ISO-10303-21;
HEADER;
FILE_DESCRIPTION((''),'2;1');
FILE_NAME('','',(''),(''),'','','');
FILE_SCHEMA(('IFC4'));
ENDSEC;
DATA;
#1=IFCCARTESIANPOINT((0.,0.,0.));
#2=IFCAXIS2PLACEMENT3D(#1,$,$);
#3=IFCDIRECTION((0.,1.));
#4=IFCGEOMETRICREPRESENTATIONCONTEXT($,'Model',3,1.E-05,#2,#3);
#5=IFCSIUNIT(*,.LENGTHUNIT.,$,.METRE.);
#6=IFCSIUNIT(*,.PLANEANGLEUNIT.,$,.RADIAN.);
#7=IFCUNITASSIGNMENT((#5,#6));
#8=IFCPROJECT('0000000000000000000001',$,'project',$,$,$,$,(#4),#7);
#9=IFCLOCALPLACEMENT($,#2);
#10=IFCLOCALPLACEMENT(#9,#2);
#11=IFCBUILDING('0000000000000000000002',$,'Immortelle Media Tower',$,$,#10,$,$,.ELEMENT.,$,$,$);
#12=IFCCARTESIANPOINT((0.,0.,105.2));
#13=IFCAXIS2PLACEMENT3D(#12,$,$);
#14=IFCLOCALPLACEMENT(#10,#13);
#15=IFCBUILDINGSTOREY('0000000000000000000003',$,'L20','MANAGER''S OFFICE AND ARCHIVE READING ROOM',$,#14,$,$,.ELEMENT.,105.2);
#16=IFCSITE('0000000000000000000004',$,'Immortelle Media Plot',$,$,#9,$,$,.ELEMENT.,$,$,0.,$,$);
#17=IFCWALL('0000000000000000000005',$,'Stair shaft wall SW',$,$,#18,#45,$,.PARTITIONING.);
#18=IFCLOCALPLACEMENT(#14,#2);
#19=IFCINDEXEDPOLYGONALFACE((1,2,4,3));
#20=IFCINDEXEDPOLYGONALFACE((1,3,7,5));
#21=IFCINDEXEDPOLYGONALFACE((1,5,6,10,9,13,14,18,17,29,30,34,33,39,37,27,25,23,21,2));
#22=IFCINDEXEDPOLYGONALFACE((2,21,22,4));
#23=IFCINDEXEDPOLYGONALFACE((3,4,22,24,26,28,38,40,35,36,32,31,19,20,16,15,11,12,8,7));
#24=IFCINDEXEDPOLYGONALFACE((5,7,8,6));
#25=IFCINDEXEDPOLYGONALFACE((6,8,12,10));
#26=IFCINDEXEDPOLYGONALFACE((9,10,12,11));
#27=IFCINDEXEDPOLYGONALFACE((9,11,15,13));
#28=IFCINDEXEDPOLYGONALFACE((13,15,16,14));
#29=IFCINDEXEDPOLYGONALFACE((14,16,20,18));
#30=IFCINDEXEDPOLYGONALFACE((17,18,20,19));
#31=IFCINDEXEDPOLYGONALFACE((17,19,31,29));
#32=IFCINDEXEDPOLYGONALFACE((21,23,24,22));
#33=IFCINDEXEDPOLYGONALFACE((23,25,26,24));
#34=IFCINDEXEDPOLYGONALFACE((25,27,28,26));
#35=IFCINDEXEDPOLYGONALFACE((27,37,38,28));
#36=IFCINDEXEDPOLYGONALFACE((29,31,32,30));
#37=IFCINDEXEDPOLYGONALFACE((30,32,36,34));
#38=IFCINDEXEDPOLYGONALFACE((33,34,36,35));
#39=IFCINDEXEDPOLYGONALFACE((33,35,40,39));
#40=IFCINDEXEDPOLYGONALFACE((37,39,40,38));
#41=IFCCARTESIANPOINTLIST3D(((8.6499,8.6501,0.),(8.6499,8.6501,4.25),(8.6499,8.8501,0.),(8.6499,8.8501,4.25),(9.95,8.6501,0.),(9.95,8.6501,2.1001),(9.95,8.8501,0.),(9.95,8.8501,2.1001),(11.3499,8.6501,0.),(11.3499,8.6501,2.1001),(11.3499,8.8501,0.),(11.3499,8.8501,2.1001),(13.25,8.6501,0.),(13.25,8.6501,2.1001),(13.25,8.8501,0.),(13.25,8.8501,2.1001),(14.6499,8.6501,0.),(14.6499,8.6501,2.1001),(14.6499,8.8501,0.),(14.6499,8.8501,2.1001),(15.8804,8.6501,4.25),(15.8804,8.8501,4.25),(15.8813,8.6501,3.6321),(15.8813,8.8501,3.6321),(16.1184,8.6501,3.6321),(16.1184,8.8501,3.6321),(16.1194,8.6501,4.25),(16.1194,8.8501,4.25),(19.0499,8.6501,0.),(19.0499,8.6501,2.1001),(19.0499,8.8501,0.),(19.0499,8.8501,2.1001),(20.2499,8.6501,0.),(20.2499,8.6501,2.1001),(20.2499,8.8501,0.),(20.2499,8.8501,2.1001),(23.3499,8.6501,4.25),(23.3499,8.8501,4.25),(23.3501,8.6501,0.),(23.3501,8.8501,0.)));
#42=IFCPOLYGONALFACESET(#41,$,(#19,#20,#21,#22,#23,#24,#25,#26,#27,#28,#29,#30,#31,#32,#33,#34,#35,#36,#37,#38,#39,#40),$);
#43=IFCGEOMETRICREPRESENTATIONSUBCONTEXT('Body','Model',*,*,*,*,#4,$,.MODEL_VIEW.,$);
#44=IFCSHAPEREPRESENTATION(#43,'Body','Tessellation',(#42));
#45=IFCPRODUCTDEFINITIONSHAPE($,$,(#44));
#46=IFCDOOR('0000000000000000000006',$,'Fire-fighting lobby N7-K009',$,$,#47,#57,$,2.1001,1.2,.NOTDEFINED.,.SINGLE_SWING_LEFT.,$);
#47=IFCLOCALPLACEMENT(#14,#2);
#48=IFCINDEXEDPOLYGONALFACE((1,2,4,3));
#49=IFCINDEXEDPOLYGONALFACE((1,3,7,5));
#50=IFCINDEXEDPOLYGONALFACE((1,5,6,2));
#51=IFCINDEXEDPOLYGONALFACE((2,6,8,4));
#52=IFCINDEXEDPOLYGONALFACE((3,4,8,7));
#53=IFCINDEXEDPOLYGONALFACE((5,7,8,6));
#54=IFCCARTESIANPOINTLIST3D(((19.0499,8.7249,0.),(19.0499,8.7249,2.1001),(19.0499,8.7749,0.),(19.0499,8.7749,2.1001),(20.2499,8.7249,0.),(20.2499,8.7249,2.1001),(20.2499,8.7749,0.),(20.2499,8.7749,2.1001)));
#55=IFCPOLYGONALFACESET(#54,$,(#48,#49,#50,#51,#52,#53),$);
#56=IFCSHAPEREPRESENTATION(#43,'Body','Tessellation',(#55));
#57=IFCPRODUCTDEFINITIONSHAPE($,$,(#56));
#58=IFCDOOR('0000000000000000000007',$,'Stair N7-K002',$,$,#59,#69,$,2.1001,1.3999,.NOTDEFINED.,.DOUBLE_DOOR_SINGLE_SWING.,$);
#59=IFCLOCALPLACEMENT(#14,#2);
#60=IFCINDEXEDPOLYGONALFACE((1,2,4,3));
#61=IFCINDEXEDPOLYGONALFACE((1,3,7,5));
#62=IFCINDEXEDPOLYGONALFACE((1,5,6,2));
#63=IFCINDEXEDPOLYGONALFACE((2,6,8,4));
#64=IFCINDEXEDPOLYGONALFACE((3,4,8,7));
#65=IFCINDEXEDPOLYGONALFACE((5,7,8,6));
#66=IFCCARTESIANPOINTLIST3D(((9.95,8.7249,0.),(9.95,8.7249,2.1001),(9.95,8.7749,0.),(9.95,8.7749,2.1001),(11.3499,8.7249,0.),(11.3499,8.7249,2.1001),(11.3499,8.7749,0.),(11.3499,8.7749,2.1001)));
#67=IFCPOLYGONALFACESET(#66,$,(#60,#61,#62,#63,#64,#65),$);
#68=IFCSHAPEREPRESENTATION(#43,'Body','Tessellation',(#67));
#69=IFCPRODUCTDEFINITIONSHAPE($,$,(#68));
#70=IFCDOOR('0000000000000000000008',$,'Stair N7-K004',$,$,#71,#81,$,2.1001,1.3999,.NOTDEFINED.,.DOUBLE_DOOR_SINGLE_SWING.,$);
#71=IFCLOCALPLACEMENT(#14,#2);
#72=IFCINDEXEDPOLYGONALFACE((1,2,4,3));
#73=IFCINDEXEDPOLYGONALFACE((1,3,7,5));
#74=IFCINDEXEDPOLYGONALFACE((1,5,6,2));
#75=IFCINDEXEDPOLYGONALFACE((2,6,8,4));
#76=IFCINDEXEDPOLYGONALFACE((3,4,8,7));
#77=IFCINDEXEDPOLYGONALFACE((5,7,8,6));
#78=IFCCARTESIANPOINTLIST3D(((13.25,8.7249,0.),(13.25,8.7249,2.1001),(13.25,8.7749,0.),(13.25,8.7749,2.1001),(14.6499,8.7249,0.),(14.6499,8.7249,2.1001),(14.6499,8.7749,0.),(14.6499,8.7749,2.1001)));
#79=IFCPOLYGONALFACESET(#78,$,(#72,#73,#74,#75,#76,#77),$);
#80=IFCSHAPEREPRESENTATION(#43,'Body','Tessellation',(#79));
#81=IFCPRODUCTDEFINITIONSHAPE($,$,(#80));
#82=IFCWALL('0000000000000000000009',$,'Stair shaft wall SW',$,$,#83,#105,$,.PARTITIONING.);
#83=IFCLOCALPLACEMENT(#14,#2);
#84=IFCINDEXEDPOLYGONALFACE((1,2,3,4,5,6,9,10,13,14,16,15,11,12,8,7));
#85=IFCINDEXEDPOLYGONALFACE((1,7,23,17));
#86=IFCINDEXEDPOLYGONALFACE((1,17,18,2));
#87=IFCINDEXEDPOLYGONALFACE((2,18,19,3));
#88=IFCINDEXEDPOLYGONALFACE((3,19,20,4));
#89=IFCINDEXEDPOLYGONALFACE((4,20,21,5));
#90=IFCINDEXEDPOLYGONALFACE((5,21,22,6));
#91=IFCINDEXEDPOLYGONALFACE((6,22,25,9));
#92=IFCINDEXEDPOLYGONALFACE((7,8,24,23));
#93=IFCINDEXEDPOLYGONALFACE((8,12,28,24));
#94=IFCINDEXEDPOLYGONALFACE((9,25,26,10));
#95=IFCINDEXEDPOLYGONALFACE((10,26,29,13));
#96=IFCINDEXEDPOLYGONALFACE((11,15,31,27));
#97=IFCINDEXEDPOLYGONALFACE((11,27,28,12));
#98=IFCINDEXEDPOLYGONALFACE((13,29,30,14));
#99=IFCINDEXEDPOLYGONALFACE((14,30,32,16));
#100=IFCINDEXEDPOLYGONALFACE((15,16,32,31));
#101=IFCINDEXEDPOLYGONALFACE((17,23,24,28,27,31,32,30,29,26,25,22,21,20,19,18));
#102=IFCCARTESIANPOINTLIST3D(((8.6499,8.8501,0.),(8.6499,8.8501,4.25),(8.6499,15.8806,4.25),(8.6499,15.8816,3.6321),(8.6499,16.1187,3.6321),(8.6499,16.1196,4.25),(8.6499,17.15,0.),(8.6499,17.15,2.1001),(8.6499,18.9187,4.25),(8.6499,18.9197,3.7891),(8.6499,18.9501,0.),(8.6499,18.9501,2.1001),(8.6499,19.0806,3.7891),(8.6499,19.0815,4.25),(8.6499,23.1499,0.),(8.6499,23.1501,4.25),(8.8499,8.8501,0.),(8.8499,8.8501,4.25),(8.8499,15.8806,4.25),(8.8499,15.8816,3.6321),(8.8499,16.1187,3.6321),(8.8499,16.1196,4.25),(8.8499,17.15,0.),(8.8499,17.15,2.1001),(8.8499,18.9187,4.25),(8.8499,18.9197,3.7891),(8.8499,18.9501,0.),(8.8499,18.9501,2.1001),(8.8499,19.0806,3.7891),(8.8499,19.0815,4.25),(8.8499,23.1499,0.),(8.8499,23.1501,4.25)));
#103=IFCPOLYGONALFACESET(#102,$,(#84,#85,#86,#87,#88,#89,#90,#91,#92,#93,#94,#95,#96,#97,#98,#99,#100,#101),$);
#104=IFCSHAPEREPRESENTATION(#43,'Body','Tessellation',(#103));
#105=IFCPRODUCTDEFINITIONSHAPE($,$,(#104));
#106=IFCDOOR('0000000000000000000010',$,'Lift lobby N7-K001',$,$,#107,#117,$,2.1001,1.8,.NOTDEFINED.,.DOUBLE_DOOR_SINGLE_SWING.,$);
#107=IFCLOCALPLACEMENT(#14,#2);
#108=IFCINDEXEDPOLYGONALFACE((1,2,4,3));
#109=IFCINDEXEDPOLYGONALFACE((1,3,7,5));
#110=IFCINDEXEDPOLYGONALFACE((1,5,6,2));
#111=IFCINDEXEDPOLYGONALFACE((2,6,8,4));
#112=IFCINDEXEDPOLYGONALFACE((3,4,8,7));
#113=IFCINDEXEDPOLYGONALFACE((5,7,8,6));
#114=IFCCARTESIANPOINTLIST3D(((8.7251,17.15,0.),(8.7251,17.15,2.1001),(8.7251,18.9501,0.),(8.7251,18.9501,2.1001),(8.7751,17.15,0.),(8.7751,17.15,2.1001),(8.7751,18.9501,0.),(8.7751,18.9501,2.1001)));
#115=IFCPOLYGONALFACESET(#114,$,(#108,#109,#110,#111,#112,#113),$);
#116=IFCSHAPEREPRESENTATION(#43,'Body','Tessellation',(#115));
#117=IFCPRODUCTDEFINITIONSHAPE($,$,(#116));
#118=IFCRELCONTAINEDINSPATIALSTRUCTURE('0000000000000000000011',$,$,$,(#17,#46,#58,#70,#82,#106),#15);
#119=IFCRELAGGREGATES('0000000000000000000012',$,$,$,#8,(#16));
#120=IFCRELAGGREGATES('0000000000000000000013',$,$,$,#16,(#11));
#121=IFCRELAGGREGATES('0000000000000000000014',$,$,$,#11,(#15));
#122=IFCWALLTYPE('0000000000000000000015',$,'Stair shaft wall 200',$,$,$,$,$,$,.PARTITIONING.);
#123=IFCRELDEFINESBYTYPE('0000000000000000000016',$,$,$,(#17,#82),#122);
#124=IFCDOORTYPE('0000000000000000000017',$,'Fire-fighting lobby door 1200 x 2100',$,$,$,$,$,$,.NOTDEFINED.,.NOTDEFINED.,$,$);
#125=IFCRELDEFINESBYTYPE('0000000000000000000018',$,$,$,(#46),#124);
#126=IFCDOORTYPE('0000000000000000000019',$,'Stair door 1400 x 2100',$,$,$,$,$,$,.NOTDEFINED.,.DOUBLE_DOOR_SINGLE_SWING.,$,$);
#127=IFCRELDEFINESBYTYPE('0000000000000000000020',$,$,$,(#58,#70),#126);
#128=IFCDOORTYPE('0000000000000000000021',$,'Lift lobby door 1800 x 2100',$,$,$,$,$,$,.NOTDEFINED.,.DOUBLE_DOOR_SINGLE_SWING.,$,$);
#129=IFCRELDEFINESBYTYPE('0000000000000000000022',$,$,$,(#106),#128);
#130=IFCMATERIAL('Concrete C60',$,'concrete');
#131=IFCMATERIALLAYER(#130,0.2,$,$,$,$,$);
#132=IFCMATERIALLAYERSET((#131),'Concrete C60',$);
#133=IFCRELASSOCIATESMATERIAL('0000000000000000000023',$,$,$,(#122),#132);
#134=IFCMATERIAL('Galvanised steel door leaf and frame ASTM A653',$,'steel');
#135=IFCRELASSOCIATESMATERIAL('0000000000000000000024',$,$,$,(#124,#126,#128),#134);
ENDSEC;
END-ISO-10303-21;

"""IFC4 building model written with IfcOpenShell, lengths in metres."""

from ifc_helpers import new_model, si_unit, direction, frame, frame_2d, origin, place, context, subcontext, project, spatial, polyline, rectangle, outline, extrude, material, layer, layer_set, type_object, element, fill, save


model = new_model("IFC4")

# Units and contexts
model_context = context("Model", 3, precision=1e-05, world=origin(), true_north=direction((0.0, 1.0)))
body_context = subcontext(model_context, "Body", "Model", "MODEL_VIEW")
ifc_project = project(units=[si_unit("LENGTHUNIT", "METRE"), si_unit("PLANEANGLEUNIT", "RADIAN")], contexts=[model_context])

# Site, building, storey
site_placement = place(None, origin())
site = spatial("IfcSite", under=ifc_project, at=site_placement, Name="Immortelle Media Plot", CompositionType="ELEMENT", RefElevation=0.0)
building_placement = place(site_placement, origin())
building = spatial("IfcBuilding", under=site, at=building_placement, Name="Immortelle Media Tower", CompositionType="ELEMENT")
storey_placement = place(building_placement, frame((0.0, 0.0, 105.2)))
storey = spatial("IfcBuildingStorey", under=building, at=storey_placement, Name="L20", Description="MANAGER'S OFFICE AND ARCHIVE READING ROOM", CompositionType="ELEMENT", Elevation=105.2)

# Wall, openings, doors
ifc_material_1 = material(Name="Concrete C60", Category="concrete")
ifc_layer = layer(ifc_material_1, 0.2)
ifc_layer_set = layer_set([ifc_layer], Name="Concrete C60")
wall_type = type_object("IfcWallType", Name="Stair shaft wall 200", PredefinedType="PARTITIONING", material=ifc_layer_set)
wall_1_placement = place(storey_placement, frame((8.6499, 8.75, 0.0), z_axis=(0.0, 0.0, 1.0), x_axis=(1.0, 0.0, 0.0)))
wall_1 = element("IfcWall", 1, at=wall_1_placement, inside=storey, type_object=wall_type, Name="Stair shaft wall SW", PredefinedType="PARTITIONING", context=body_context, shape_type="SweptSolid", body=[
    extrude(outline(polyline([(0.0, 0.0), (14.7002, 0.0), (14.7, 4.25), (7.4695, 4.25), (7.4685, 3.6321), (7.2314, 3.6321), (7.2305, 4.25), (0.0, 4.25), (0.0, 0.0)])), frame((0.0, 0.1001, 0.0), z_axis=(0.0, -1.0, 0.0), x_axis=(1.0, 0.0, 0.0)), (0.0, 0.0, 1.0), 0.2),
])
opening_1_placement = place(wall_1_placement, frame((1.3, 0.0, 0.0)))
opening_1 = element("IfcOpeningElement", 2, at=opening_1_placement, cuts=wall_1, PredefinedType="OPENING", context=body_context, shape_type="SweptSolid", body=[
    extrude(rectangle(XDim=1.3999, YDim=2.1001, at=frame_2d((0.7, 1.05))), frame((0.0, 0.1099, 0.0), z_axis=(0.0, -1.0, 0.0), x_axis=(1.0, 0.0, 0.0)), (0.0, 0.0, 1.0), 0.22),
])
opening_2_placement = place(wall_1_placement, frame((4.6001, 0.0, 0.0)))
opening_2 = element("IfcOpeningElement", 3, at=opening_2_placement, cuts=wall_1, PredefinedType="OPENING", context=body_context, shape_type="SweptSolid", body=[
    extrude(rectangle(XDim=1.3999, YDim=2.1001, at=frame_2d((0.7, 1.05))), frame((0.0, 0.1099, 0.0), z_axis=(0.0, -1.0, 0.0), x_axis=(1.0, 0.0, 0.0)), (0.0, 0.0, 1.0), 0.22),
])
opening_3_placement = place(wall_1_placement, frame((10.3999, 0.0, 0.0)))
opening_3 = element("IfcOpeningElement", 4, at=opening_3_placement, cuts=wall_1, PredefinedType="OPENING", context=body_context, shape_type="SweptSolid", body=[
    extrude(rectangle(XDim=1.2, YDim=2.1001, at=frame_2d((0.6001, 1.05))), frame((0.0, 0.1099, 0.0), z_axis=(0.0, -1.0, 0.0), x_axis=(1.0, 0.0, 0.0)), (0.0, 0.0, 1.0), 0.22),
])
ifc_material_2 = material(Name="Galvanised steel door leaf and frame ASTM A653", Category="steel")
door_type_1 = type_object("IfcDoorType", Name="Fire-fighting lobby door 1200 x 2100", OperationType="NOTDEFINED", PredefinedType="NOTDEFINED", material=ifc_material_2)
door_1_placement = place(opening_3_placement, origin())
door_1 = element("IfcDoor", 5, at=door_1_placement, inside=storey, type_object=door_type_1, Name="Fire-fighting lobby N7-K009", OperationType="SINGLE_SWING_LEFT", OverallHeight=2.1001, OverallWidth=1.2, PredefinedType="NOTDEFINED", context=body_context, shape_type="SweptSolid", body=[
    extrude(rectangle(XDim=1.2, YDim=2.1001, at=frame_2d((0.6001, 1.05))), frame((0.0, 0.0249, 0.0), z_axis=(0.0, -1.0, 0.0), x_axis=(1.0, 0.0, 0.0)), (0.0, 0.0, 1.0), 0.05),
])
fill(opening_3, door_1)
door_type_2 = type_object("IfcDoorType", Name="Stair door 1400 x 2100", OperationType="DOUBLE_DOOR_SINGLE_SWING", PredefinedType="NOTDEFINED", material=ifc_material_2)
door_2_placement = place(opening_1_placement, origin())
door_2 = element("IfcDoor", 6, at=door_2_placement, inside=storey, type_object=door_type_2, Name="Stair N7-K002", OperationType="DOUBLE_DOOR_SINGLE_SWING", OverallHeight=2.1001, OverallWidth=1.3999, PredefinedType="NOTDEFINED", context=body_context, shape_type="SweptSolid", body=[
    extrude(rectangle(XDim=1.3999, YDim=2.1001, at=frame_2d((0.7, 1.05))), frame((0.0, 0.0249, 0.0), z_axis=(0.0, -1.0, 0.0), x_axis=(1.0, 0.0, 0.0)), (0.0, 0.0, 1.0), 0.05),
])
fill(opening_1, door_2)
door_3_placement = place(opening_2_placement, origin())
door_3 = element("IfcDoor", 7, at=door_3_placement, inside=storey, type_object=door_type_2, Name="Stair N7-K004", OperationType="DOUBLE_DOOR_SINGLE_SWING", OverallHeight=2.1001, OverallWidth=1.3999, PredefinedType="NOTDEFINED", context=body_context, shape_type="SweptSolid", body=[
    extrude(rectangle(XDim=1.3999, YDim=2.1001, at=frame_2d((0.7, 1.05))), frame((0.0, 0.0249, 0.0), z_axis=(0.0, -1.0, 0.0), x_axis=(1.0, 0.0, 0.0)), (0.0, 0.0, 1.0), 0.05),
])
fill(opening_2, door_3)

# Wall, opening, door
wall_2_placement = place(storey_placement, frame((8.75, 8.8501, 0.0), z_axis=(0.0, 0.0, 1.0), x_axis=(0.0, 1.0, 0.0)))
wall_2 = element("IfcWall", 8, at=wall_2_placement, inside=storey, type_object=wall_type, Name="Stair shaft wall SW", PredefinedType="PARTITIONING", context=body_context, shape_type="SweptSolid", body=[
    extrude(outline(polyline([(0.0, 0.0), (14.2998, 0.0), (14.3, 4.25), (10.2314, 4.25), (10.2305, 3.7891), (10.0696, 3.7891), (10.0686, 4.25), (7.2695, 4.25), (7.2686, 3.6321), (7.0315, 3.6321), (7.0305, 4.25), (0.0, 4.25), (0.0, 0.0)])), frame((0.0, 0.1001, 0.0), z_axis=(0.0, -1.0, 0.0), x_axis=(1.0, 0.0, 0.0)), (0.0, 0.0, 1.0), 0.2),
])
opening_4_placement = place(wall_2_placement, frame((8.3, 0.0, 0.0)))
opening_4 = element("IfcOpeningElement", 9, at=opening_4_placement, cuts=wall_2, PredefinedType="OPENING", context=body_context, shape_type="SweptSolid", body=[
    extrude(rectangle(XDim=1.8, YDim=2.1001, at=frame_2d((0.8999, 1.05))), frame((0.0, 0.1099, 0.0), z_axis=(0.0, -1.0, 0.0), x_axis=(1.0, 0.0, 0.0)), (0.0, 0.0, 1.0), 0.22),
])
door_type_3 = type_object("IfcDoorType", Name="Lift lobby door 1800 x 2100", OperationType="DOUBLE_DOOR_SINGLE_SWING", PredefinedType="NOTDEFINED", material=ifc_material_2)
door_4_placement = place(opening_4_placement, origin())
door_4 = element("IfcDoor", 10, at=door_4_placement, inside=storey, type_object=door_type_3, Name="Lift lobby N7-K001", OperationType="DOUBLE_DOOR_SINGLE_SWING", OverallHeight=2.1001, OverallWidth=1.8, PredefinedType="NOTDEFINED", context=body_context, shape_type="SweptSolid", body=[
    extrude(rectangle(XDim=1.8, YDim=2.1001, at=frame_2d((0.8999, 1.05))), frame((0.0, 0.0249, 0.0), z_axis=(0.0, -1.0, 0.0), x_axis=(1.0, 0.0, 0.0)), (0.0, 0.0, 1.0), 0.05),
])
fill(opening_4, door_4)

save(model, "model.ifc")
